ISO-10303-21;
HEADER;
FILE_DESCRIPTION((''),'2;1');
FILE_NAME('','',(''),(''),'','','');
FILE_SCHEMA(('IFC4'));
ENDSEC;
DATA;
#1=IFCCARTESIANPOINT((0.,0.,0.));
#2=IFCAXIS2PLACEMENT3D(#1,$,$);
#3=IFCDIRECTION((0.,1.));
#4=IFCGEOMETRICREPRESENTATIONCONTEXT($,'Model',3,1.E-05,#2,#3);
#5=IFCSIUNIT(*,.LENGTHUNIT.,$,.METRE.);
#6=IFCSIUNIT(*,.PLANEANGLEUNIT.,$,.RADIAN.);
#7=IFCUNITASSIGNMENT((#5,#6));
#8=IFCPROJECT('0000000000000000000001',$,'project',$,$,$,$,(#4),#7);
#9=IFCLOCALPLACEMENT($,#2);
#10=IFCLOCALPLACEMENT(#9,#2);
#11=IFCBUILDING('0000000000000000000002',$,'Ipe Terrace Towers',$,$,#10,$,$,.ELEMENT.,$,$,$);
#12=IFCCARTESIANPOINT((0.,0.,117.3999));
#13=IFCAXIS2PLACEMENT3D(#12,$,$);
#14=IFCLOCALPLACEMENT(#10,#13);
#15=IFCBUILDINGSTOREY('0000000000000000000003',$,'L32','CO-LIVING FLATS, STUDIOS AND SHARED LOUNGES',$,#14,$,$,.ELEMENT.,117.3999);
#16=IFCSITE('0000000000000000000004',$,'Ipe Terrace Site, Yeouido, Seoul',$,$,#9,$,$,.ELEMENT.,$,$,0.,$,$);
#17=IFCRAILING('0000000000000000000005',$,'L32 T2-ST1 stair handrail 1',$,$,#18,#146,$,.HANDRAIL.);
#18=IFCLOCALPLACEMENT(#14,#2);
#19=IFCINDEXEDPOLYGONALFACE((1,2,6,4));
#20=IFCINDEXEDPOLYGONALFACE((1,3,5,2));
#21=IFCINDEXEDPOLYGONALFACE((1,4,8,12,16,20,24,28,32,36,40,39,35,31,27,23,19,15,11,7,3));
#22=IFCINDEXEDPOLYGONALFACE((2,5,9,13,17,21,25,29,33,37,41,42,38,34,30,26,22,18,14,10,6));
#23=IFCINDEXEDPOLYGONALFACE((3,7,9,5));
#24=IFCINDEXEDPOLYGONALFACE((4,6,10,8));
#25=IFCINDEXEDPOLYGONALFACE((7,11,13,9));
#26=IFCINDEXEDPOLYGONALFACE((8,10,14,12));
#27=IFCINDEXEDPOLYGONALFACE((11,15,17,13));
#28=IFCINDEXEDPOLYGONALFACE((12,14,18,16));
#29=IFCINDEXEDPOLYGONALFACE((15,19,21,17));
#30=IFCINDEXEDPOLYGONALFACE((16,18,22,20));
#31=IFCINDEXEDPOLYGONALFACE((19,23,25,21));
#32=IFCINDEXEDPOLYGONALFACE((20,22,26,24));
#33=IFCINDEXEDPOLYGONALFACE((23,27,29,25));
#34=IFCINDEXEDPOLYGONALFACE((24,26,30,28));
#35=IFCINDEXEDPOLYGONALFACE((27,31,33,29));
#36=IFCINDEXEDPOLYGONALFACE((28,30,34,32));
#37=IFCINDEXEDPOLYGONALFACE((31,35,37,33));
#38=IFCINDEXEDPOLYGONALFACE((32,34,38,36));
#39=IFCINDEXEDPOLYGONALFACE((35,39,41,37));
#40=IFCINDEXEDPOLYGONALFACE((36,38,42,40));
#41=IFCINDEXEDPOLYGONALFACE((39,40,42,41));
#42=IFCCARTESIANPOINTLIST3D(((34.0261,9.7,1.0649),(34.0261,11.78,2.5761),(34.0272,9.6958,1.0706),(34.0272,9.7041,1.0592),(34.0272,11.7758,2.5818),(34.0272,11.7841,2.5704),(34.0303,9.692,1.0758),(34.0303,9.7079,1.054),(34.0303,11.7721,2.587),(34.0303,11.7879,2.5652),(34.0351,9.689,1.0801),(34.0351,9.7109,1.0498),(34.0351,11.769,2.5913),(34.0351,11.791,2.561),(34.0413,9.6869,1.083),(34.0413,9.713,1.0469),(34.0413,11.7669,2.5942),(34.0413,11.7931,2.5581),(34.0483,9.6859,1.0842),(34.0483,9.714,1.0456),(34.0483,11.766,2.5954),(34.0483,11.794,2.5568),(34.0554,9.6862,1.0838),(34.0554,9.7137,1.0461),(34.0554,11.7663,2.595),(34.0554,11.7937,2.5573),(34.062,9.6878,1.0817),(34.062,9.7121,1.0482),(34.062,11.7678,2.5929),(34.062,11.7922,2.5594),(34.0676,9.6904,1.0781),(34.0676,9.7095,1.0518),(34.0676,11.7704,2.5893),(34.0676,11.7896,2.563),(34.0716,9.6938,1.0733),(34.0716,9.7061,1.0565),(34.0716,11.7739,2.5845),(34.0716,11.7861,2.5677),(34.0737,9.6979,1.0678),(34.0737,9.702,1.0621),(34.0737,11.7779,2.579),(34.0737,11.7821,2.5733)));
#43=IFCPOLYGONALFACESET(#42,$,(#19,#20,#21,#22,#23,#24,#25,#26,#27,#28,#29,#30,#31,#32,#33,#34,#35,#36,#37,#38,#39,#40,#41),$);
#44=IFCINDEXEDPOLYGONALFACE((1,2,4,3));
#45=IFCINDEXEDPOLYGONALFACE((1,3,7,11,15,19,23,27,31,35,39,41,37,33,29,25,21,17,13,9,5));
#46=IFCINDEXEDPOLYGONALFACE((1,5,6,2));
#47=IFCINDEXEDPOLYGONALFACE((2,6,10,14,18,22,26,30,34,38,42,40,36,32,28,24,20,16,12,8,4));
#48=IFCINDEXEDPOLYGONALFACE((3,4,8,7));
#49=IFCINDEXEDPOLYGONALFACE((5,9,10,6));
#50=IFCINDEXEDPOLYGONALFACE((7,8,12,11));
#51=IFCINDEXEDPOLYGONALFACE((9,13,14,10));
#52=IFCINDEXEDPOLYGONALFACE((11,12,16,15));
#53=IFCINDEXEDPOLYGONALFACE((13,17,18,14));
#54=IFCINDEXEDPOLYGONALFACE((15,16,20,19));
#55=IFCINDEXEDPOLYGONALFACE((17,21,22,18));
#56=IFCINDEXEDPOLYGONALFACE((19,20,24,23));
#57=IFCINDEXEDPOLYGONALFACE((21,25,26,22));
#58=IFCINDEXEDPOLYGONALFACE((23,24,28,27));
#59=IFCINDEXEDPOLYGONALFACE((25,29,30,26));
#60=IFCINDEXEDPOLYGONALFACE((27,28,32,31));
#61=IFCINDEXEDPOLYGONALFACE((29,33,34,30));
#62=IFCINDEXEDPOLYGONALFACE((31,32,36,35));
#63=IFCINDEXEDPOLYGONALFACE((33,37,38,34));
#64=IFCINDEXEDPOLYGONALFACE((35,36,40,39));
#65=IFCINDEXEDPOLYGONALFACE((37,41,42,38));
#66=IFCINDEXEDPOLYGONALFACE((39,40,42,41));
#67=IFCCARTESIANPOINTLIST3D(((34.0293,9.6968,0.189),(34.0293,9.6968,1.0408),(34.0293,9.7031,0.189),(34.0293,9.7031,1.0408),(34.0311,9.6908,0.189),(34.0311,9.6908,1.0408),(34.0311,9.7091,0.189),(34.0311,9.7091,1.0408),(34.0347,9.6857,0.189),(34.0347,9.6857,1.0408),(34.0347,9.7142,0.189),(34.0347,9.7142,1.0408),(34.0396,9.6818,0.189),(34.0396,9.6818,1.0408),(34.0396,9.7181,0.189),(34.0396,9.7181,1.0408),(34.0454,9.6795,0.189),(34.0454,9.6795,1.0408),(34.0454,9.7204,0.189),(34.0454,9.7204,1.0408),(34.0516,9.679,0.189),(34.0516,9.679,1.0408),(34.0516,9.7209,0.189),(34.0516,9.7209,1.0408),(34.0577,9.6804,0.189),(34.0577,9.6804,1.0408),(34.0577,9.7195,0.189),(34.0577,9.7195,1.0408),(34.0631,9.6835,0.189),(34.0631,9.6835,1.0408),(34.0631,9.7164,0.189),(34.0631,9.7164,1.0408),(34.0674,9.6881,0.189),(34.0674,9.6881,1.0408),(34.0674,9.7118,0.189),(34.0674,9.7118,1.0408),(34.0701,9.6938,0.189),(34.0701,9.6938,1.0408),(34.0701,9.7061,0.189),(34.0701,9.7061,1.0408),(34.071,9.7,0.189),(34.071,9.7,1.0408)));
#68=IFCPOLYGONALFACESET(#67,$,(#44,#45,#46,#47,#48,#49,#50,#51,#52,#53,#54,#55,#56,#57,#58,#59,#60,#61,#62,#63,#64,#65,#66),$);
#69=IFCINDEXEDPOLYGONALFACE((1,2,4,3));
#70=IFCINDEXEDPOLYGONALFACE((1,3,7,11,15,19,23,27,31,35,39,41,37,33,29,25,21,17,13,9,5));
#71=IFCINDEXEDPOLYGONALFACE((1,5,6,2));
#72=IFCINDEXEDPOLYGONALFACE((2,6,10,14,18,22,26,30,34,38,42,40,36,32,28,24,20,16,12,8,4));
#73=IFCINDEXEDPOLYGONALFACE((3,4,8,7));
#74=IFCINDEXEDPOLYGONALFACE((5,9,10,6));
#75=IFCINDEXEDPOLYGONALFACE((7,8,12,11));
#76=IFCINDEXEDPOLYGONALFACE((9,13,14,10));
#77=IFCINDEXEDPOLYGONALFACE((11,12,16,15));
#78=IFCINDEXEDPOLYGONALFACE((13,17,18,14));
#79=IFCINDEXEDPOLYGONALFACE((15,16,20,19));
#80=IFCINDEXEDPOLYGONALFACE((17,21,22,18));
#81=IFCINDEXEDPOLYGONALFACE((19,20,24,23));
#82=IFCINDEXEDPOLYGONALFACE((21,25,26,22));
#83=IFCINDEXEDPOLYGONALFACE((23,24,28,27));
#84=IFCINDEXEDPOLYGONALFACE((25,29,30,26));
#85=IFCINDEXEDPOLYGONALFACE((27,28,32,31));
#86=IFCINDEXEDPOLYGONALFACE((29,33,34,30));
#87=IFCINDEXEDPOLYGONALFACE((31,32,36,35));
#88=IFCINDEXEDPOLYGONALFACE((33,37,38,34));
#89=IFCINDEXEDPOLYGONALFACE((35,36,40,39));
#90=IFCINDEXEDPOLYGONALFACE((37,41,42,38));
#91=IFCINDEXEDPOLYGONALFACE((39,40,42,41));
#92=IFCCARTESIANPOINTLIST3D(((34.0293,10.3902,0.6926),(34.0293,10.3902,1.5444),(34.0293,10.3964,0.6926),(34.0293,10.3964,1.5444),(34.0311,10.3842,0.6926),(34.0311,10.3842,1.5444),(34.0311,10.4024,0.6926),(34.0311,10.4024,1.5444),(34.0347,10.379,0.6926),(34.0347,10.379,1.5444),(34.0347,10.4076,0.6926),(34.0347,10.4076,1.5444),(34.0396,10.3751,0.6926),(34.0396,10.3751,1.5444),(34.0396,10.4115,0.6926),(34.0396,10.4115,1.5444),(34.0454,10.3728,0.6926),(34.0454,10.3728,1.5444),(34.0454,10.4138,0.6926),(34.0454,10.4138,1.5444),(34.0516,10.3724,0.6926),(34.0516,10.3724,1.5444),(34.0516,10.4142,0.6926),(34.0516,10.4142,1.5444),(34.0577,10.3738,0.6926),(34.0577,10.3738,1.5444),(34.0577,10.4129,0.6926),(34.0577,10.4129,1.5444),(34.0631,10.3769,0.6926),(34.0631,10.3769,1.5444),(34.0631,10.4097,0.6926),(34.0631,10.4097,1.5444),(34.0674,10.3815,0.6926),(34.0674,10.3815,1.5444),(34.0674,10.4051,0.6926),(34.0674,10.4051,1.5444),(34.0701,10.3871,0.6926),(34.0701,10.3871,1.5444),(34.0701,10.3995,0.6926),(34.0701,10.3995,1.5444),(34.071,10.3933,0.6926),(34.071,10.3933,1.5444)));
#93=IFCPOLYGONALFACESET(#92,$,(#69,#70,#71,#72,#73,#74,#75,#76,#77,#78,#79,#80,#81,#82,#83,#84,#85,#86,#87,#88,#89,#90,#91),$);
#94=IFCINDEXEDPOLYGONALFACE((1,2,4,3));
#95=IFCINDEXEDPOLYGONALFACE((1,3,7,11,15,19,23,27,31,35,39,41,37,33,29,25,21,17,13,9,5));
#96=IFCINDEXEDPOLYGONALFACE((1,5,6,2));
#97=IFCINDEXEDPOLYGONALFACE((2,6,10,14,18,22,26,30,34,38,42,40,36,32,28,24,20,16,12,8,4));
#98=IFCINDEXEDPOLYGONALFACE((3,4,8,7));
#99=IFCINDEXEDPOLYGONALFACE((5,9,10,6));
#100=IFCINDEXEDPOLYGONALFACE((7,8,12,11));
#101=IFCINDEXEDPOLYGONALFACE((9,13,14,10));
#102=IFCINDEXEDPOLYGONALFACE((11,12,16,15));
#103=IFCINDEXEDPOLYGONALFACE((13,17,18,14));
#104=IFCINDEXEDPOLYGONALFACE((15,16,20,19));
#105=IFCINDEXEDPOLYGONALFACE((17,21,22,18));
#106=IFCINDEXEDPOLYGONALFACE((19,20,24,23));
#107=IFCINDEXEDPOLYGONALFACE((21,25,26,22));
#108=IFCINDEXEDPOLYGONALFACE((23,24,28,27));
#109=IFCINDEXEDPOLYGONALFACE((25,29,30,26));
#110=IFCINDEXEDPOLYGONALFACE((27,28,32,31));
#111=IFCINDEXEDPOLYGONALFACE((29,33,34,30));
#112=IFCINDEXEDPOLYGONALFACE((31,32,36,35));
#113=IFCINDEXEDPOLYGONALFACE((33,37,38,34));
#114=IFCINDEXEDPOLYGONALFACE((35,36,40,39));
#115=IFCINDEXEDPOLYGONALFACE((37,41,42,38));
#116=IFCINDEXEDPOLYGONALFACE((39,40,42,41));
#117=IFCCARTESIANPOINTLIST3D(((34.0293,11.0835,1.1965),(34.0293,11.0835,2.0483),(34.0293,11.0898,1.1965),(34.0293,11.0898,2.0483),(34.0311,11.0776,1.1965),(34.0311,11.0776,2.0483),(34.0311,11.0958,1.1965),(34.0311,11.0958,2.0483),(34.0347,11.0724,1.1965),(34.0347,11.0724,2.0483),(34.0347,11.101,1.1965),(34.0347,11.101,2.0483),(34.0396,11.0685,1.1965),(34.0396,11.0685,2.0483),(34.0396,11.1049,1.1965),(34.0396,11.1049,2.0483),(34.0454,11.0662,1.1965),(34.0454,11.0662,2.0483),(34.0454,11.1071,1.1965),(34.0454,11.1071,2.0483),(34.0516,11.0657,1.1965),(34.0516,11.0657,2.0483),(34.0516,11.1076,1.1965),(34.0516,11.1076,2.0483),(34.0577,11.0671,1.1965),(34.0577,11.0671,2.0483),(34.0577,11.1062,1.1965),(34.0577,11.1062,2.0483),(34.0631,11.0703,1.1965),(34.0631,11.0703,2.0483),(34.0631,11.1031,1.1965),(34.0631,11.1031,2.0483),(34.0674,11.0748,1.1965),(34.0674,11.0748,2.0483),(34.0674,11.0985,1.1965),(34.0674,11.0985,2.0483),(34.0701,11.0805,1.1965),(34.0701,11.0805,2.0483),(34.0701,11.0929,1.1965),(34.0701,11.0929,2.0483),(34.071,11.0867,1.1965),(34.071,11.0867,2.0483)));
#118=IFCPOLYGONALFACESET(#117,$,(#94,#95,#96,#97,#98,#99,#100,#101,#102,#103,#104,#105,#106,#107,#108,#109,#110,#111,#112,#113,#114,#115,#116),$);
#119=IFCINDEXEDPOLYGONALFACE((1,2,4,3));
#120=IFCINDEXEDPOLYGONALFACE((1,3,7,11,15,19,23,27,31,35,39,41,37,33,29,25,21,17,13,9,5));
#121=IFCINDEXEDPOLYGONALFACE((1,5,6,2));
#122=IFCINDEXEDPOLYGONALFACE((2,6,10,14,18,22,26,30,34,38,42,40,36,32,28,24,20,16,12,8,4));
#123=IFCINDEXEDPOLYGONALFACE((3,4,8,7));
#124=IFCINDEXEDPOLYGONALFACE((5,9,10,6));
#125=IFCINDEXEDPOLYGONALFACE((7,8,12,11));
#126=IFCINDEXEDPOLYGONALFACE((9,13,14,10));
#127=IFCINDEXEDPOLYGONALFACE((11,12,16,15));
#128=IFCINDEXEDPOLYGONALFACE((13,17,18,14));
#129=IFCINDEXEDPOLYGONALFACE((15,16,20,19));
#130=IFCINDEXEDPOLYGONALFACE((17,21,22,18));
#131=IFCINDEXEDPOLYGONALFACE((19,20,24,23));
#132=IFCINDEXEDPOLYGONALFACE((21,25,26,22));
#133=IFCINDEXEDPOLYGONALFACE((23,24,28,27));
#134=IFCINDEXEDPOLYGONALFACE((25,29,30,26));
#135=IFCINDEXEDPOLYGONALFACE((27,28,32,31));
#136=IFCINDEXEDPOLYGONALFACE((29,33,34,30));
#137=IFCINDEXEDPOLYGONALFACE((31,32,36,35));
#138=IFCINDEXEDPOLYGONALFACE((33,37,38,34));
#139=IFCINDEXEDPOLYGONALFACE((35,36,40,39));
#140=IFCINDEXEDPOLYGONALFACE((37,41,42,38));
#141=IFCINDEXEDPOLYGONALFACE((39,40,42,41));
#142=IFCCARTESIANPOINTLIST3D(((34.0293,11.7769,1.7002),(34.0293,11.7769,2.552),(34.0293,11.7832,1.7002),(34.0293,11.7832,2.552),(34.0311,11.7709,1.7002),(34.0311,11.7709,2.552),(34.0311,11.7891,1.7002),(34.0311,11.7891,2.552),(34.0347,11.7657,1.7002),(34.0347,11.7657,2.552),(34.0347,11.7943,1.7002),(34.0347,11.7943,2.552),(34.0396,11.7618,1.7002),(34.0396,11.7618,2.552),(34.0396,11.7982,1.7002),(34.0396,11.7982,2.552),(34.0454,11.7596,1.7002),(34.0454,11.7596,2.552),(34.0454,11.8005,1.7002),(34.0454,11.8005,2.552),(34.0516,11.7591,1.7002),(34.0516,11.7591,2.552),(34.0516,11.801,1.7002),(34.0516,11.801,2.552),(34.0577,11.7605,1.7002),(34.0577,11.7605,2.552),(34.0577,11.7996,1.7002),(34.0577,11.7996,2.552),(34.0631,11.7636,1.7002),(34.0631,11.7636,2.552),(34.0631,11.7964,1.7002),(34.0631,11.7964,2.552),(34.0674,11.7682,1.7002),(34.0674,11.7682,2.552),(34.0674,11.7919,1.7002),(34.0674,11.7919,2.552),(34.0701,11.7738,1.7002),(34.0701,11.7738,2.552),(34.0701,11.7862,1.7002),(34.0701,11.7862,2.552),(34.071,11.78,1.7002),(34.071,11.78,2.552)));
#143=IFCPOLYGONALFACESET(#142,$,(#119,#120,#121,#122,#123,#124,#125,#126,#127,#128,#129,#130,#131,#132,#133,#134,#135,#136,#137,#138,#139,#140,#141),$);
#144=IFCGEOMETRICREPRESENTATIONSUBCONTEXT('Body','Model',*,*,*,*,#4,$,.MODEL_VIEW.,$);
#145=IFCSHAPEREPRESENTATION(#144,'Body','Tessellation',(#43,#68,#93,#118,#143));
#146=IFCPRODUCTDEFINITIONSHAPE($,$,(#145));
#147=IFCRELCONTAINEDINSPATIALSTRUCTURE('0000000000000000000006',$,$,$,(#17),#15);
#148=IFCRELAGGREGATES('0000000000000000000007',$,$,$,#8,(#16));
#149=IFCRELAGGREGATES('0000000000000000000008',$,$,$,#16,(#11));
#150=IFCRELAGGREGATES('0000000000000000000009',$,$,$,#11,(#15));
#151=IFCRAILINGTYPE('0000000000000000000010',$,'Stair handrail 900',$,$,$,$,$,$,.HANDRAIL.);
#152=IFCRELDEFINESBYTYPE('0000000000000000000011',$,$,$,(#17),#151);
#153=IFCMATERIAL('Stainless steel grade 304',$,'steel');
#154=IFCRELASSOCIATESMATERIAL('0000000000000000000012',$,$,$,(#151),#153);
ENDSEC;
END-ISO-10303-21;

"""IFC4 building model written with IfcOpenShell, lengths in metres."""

from ifc_helpers import new_model, si_unit, direction, frame, origin, origin_2d, place, context, subcontext, project, spatial, circle, extrude, material, type_object, element, save


model = new_model("IFC4")

# Units and contexts
model_context = context("Model", 3, precision=1e-05, world=origin(), true_north=direction((0.0, 1.0)))
body_context = subcontext(model_context, "Body", "Model", "MODEL_VIEW")
ifc_project = project(units=[si_unit("LENGTHUNIT", "METRE"), si_unit("PLANEANGLEUNIT", "RADIAN")], contexts=[model_context])

# Site, building, storey
site_placement = place(None, origin())
site = spatial("IfcSite", under=ifc_project, at=site_placement, Name="Ipe Terrace Site, Yeouido, Seoul", CompositionType="ELEMENT", RefElevation=0.0)
building_placement = place(site_placement, origin())
building = spatial("IfcBuilding", under=site, at=building_placement, Name="Ipe Terrace Towers", CompositionType="ELEMENT")
storey_placement = place(building_placement, frame((0.0, 0.0, 117.3999)))
storey = spatial("IfcBuildingStorey", under=building, at=storey_placement, Name="L32", Description="CO-LIVING FLATS, STUDIOS AND SHARED LOUNGES", CompositionType="ELEMENT", Elevation=117.3999)

# Railing
ifc_material_1 = material(Name="Stainless steel grade 304", Category="steel")
railing_type_1 = type_object("IfcRailingType", Name="Stair handrail 900", PredefinedType="HANDRAIL", material=ifc_material_1)
railing_1_placement = place(storey_placement, frame((34.05, 9.7, 0.189)))
element("IfcRailing", 1, at=railing_1_placement, inside=storey, type_object=railing_type_1, Name="L32 T2-ST1 stair handrail 1", PredefinedType="HANDRAIL", context=body_context, shape_type="SweptSolid", body=[
    extrude(circle(Radius=0.0239, at=origin_2d()), frame((0.0, 0.0, 0.876), z_axis=(0.0, 0.809023, 0.587776), x_axis=(-1.0, 0.0, 0.0)), (0.0, 0.0, 1.0), 2.571),
    extrude(circle(Radius=0.021, at=origin_2d()), origin(), (0.0, 0.0, 1.0), 0.8518),
    extrude(circle(Radius=0.021, at=origin_2d()), frame((0.0, 0.6934, 0.5037)), (0.0, 0.0, 1.0), 0.8518),
    extrude(circle(Radius=0.021, at=origin_2d()), frame((0.0, 1.3867, 1.0076)), (0.0, 0.0, 1.0), 0.8518),
    extrude(circle(Radius=0.021, at=origin_2d()), frame((0.0, 2.0801, 1.5112)), (0.0, 0.0, 1.0), 0.8518),
])

save(model, "model.ifc")
